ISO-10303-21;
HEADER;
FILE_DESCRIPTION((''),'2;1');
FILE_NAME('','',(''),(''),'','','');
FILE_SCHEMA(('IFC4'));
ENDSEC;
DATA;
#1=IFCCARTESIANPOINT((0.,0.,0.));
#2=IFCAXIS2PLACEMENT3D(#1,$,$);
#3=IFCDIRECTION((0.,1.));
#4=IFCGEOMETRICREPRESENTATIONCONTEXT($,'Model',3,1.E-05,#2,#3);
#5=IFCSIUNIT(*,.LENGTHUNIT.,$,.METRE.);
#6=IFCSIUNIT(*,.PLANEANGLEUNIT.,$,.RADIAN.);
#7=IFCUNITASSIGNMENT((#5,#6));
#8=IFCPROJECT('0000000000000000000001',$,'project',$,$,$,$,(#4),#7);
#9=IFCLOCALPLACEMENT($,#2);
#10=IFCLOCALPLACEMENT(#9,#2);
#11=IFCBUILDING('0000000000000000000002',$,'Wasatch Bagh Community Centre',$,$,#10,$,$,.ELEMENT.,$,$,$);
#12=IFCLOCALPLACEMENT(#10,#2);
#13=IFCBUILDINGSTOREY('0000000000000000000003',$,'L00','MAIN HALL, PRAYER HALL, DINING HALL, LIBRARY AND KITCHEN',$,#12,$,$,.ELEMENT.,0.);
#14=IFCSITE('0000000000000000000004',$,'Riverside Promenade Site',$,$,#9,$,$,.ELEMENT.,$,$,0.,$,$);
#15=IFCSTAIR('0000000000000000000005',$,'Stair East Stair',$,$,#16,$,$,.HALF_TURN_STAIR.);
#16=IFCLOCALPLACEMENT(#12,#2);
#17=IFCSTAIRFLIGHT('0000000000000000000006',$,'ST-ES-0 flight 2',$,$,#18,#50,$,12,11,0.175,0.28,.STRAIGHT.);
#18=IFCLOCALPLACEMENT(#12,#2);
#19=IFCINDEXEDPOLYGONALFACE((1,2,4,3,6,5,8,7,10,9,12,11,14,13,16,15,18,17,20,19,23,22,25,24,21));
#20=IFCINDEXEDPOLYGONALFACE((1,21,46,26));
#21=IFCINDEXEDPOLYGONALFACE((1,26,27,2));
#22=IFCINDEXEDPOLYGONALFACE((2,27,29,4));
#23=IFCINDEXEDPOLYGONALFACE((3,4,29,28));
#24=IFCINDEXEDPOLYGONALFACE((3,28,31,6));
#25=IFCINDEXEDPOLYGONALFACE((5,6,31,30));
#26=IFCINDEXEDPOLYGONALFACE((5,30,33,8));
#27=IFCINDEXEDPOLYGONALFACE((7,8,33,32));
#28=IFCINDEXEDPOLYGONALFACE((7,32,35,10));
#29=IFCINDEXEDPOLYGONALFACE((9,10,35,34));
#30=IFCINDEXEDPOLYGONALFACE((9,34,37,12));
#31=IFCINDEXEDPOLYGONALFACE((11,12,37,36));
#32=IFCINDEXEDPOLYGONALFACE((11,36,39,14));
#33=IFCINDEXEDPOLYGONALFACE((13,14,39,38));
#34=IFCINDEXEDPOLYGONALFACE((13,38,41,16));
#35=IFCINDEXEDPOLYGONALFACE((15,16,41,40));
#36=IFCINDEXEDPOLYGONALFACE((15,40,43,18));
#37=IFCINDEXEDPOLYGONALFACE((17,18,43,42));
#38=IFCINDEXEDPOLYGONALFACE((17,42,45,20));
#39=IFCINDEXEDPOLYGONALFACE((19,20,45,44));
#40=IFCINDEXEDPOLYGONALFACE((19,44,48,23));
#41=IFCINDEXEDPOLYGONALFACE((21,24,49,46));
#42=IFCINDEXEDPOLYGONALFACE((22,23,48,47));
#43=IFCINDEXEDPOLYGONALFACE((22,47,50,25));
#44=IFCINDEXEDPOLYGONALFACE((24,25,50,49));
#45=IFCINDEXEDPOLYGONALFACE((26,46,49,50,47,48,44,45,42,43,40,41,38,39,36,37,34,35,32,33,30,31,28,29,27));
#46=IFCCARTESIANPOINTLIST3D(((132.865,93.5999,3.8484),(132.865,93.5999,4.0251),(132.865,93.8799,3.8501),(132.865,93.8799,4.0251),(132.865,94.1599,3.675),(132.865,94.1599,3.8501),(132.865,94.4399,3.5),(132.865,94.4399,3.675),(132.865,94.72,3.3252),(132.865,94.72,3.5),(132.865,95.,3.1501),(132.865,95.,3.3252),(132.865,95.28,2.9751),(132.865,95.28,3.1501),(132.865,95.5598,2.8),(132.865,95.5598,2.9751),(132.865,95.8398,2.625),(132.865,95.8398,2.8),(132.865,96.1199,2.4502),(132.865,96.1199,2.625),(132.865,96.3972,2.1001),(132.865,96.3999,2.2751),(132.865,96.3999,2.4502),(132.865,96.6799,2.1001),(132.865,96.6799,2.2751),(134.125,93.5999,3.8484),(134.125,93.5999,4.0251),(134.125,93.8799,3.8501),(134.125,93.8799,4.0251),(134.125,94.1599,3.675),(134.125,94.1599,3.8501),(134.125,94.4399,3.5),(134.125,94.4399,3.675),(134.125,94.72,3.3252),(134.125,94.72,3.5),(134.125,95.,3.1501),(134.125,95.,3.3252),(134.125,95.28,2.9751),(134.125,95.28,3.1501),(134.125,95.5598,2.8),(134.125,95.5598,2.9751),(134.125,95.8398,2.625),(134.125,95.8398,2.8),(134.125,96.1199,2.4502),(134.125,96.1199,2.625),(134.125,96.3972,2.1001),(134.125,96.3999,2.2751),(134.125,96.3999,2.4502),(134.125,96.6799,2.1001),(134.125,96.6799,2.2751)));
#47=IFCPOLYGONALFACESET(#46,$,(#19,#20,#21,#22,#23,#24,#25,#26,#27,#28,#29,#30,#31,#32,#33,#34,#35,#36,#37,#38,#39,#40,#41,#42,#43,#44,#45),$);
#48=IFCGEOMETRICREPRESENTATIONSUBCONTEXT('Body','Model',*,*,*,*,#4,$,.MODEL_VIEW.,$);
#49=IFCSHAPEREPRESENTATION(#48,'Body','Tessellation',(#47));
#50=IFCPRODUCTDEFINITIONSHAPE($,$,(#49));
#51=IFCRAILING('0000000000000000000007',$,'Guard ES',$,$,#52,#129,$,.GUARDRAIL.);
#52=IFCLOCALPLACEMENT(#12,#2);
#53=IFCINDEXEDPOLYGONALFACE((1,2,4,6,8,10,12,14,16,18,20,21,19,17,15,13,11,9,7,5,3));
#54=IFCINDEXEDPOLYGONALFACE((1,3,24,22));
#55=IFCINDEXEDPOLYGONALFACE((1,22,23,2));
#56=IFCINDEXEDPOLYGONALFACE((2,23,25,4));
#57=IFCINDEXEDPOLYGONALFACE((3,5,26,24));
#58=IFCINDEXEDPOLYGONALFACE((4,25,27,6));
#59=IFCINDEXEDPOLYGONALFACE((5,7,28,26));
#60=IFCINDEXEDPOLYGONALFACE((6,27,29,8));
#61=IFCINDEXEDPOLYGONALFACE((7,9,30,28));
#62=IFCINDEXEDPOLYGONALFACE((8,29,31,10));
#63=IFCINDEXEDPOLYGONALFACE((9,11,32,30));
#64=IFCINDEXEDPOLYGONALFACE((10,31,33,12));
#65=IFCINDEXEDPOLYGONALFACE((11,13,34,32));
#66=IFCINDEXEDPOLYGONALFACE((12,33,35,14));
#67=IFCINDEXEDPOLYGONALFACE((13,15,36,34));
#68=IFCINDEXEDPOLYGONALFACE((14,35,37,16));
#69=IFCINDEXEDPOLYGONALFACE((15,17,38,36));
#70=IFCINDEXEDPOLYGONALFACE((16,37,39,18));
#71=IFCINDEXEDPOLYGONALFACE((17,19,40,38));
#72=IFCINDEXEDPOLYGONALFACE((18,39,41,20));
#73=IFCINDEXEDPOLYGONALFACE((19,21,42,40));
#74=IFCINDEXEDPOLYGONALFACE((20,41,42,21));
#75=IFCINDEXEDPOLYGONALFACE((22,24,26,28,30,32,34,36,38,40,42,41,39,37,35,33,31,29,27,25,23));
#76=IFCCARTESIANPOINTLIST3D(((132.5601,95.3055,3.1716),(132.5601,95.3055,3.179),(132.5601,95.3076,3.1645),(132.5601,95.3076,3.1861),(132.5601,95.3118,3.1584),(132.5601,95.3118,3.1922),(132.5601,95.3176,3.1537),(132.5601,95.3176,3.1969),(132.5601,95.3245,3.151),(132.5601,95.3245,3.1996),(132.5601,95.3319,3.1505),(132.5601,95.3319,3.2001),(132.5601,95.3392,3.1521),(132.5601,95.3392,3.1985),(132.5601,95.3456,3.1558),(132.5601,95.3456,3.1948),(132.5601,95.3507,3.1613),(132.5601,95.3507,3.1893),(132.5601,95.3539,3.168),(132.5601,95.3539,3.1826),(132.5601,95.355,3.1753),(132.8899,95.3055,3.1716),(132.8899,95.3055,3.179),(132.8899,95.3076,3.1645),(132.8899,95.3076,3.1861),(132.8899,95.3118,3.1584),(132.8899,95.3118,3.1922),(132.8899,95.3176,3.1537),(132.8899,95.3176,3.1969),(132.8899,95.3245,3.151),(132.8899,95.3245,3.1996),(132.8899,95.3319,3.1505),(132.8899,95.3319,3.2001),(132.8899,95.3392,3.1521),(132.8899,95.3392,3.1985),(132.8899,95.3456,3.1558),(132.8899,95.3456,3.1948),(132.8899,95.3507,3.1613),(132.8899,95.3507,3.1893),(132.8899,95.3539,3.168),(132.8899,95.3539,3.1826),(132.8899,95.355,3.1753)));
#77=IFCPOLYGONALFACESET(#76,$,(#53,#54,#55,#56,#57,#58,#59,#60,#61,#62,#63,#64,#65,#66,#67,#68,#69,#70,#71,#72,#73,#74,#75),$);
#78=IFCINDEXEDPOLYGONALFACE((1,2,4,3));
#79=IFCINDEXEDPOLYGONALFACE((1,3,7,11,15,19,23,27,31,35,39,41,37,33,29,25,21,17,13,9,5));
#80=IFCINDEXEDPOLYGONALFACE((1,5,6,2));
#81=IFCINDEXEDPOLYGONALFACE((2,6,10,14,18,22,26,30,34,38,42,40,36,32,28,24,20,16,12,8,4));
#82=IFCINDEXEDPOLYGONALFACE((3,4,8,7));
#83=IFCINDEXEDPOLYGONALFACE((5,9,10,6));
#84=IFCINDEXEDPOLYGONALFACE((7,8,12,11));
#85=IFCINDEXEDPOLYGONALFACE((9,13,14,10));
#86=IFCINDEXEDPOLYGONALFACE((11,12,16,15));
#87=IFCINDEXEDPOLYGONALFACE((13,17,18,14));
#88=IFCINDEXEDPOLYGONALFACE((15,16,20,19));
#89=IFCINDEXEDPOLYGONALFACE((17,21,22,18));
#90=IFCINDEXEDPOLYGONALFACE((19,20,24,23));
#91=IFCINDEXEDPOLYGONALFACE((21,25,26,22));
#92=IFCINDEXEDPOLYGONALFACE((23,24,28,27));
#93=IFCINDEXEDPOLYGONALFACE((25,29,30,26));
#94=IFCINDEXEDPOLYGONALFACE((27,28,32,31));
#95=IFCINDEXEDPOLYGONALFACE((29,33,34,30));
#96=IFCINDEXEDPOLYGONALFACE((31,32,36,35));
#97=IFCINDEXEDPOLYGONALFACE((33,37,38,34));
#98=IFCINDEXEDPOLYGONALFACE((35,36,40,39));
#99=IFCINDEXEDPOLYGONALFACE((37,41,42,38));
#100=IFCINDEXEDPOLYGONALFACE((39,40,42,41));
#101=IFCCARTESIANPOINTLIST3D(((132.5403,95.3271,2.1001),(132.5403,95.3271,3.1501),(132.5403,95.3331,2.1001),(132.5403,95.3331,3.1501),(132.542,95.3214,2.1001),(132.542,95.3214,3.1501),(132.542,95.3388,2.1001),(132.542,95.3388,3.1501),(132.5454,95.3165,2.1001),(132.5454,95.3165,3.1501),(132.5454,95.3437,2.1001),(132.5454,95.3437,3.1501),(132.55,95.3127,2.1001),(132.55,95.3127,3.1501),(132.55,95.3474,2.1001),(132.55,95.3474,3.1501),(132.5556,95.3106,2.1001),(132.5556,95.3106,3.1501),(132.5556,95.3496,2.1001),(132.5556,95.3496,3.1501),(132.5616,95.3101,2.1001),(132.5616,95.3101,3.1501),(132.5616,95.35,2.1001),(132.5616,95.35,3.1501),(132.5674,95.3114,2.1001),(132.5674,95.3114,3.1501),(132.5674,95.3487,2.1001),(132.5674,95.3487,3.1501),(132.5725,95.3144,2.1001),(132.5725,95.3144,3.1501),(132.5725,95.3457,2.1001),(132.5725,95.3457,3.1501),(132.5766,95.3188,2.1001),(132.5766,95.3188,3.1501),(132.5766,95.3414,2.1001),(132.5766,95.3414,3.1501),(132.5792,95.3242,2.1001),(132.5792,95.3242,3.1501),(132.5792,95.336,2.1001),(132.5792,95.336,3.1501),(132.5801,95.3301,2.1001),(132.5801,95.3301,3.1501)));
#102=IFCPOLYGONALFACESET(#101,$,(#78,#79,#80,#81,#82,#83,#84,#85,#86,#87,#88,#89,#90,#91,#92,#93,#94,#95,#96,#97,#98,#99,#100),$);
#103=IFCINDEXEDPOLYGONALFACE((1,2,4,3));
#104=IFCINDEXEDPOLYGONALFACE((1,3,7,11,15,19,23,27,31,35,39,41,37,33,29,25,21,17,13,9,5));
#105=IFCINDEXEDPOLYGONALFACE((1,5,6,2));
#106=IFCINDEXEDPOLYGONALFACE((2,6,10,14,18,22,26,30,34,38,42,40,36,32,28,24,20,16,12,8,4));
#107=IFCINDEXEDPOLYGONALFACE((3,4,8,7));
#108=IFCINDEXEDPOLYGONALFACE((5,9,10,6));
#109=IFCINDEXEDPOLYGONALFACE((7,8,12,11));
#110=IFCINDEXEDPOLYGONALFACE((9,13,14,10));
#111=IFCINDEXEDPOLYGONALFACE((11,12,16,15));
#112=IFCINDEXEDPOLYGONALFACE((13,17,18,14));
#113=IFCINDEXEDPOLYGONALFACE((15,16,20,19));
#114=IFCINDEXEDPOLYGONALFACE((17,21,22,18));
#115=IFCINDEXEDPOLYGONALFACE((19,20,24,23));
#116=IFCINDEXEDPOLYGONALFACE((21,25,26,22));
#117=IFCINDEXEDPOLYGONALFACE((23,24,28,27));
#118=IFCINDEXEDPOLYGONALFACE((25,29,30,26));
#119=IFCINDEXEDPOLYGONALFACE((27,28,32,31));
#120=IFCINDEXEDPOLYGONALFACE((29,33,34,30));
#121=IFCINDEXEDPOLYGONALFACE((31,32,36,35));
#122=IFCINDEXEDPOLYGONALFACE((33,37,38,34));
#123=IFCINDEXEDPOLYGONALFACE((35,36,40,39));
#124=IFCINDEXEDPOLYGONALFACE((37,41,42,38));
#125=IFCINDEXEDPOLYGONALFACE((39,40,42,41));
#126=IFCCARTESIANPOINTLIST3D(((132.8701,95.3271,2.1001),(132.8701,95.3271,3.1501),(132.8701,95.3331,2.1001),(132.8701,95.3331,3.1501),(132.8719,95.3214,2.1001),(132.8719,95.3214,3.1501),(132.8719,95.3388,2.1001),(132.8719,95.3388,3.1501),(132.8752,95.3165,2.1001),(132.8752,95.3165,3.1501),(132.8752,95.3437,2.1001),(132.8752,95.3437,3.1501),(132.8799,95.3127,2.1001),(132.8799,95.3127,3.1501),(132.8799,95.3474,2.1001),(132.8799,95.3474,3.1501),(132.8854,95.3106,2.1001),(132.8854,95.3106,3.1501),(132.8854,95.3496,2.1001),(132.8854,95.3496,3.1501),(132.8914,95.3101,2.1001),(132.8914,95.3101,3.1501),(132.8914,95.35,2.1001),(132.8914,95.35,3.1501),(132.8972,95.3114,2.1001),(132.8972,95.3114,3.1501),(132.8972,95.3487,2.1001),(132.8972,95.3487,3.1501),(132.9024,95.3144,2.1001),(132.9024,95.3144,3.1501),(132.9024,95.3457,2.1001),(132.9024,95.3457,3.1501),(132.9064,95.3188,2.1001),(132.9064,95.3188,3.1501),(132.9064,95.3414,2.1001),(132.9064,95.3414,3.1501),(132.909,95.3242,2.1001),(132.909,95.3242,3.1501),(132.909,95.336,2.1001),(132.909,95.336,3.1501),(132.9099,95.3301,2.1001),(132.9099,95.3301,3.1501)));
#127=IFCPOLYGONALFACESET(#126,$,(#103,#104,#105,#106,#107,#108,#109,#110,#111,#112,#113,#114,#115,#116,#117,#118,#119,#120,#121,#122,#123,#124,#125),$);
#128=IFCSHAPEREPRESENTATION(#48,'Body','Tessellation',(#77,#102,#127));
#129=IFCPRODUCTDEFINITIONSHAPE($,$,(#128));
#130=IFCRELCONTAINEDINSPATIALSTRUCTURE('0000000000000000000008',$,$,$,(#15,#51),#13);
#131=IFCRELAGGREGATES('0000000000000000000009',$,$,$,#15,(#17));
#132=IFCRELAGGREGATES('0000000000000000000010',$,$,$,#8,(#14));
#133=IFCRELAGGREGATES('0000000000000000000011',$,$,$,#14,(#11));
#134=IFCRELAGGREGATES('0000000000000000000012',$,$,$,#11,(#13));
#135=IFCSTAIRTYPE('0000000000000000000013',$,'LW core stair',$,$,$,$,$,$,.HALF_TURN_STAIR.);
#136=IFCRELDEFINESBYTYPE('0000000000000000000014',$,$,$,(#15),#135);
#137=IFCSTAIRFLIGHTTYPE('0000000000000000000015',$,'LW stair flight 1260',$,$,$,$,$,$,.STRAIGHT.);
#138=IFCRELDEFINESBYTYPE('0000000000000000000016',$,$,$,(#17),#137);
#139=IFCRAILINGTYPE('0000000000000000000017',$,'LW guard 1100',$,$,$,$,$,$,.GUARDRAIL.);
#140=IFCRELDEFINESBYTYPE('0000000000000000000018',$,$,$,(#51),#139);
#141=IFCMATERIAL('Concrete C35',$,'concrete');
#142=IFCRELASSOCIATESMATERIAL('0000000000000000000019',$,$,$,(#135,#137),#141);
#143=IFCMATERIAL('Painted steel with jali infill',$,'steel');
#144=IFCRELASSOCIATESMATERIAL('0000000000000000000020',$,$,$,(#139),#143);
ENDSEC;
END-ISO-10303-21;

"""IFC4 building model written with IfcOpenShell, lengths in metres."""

from ifc_helpers import new_model, si_unit, direction, frame, origin, origin_2d, place, context, subcontext, project, spatial, polyline, circle, outline, extrude, material, type_object, element, aggregate, save


model = new_model("IFC4")

# Units and contexts
model_context = context("Model", 3, precision=1e-05, world=origin(), true_north=direction((0.0, 1.0)))
body_context = subcontext(model_context, "Body", "Model", "MODEL_VIEW")
ifc_project = project(units=[si_unit("LENGTHUNIT", "METRE"), si_unit("PLANEANGLEUNIT", "RADIAN")], contexts=[model_context])

# Site, building, storey
site_placement = place(None, origin())
site = spatial("IfcSite", under=ifc_project, at=site_placement, Name="Riverside Promenade Site", CompositionType="ELEMENT", RefElevation=0.0)
building_placement = place(site_placement, origin())
building = spatial("IfcBuilding", under=site, at=building_placement, Name="Wasatch Bagh Community Centre", CompositionType="ELEMENT")
storey_placement = place(building_placement, origin())
storey = spatial("IfcBuildingStorey", under=building, at=storey_placement, Name="L00", Description="MAIN HALL, PRAYER HALL, DINING HALL, LIBRARY AND KITCHEN", CompositionType="ELEMENT", Elevation=0.0)

# Shared definitions
ifc_material_1 = material(Name="Concrete C35", Category="concrete")

# Stair, stair flight
stair_type = type_object("IfcStairType", Name="LW core stair", PredefinedType="HALF_TURN_STAIR", material=ifc_material_1)
stair_placement = place(storey_placement, origin())
stair = element("IfcStair", 1, at=stair_placement, inside=storey, type_object=stair_type, Name="Stair East Stair", PredefinedType="HALF_TURN_STAIR")
stair_flight_type = type_object("IfcStairFlightType", Name="LW stair flight 1260", PredefinedType="STRAIGHT", material=ifc_material_1)
stair_flight_1_placement = place(storey_placement, frame((133.4951, 96.6799, 2.1001), z_axis=(0.0, 0.0, 1.0), x_axis=(0.0, -1.0, 0.0)))
stair_flight_1 = element("IfcStairFlight", 2, at=stair_flight_1_placement, type_object=stair_flight_type, Name="ST-ES-0 flight 2", NumberOfRisers=12, NumberOfTreads=11, PredefinedType="STRAIGHT", RiserHeight=0.175, TreadLength=0.28, context=body_context, shape_type="SweptSolid", body=[
    extrude(outline(polyline([(0.0, 0.0), (0.0, 0.175), (0.28, 0.175), (0.28, 0.3501), (0.5601, 0.3501), (0.5601, 0.5249), (0.8401, 0.5249), (0.8401, 0.7), (1.1201, 0.7), (1.1201, 0.875), (1.3999, 0.875), (1.3999, 1.05), (1.6799, 1.05), (1.6799, 1.2251), (1.96, 1.2251), (1.96, 1.3999), (2.24, 1.3999), (2.24, 1.575), (2.52, 1.575), (2.52, 1.75), (2.8, 1.75), (2.8, 1.925), (3.0801, 1.925), (3.0801, 2.1001), (3.0801, 1.7483), (0.2827, 0.0), (0.0, 0.0)])), frame((0.0, 0.6299, 0.0), z_axis=(0.0, -1.0, 0.0), x_axis=(1.0, 0.0, 0.0)), (0.0, 0.0, 1.0), 1.26),
])
aggregate(stair, [stair_flight_1])

# Railing
ifc_material_2 = material(Name="Painted steel with jali infill", Category="steel")
railing_type_1 = type_object("IfcRailingType", Name="LW guard 1100", PredefinedType="GUARDRAIL", material=ifc_material_2)
railing_placement = place(storey_placement, frame((132.5601, 95.3301, 2.1001)))
element("IfcRailing", 3, at=railing_placement, inside=storey, type_object=railing_type_1, Name="Guard ES", PredefinedType="GUARDRAIL", context=body_context, shape_type="SweptSolid", body=[
    extrude(circle(Radius=0.0249, at=origin_2d()), frame((0.0, 0.0, 1.0752), z_axis=(1.0, 0.0, 0.0), x_axis=(0.0, 1.0, 0.0)), (0.0, 0.0, 1.0), 0.3298),
    extrude(circle(Radius=0.02, at=origin_2d()), origin(), (0.0, 0.0, 1.0), 1.05),
    extrude(circle(Radius=0.02, at=origin_2d()), frame((0.3298, 0.0, 0.0)), (0.0, 0.0, 1.0), 1.05),
])

save(model, "model.ifc")
